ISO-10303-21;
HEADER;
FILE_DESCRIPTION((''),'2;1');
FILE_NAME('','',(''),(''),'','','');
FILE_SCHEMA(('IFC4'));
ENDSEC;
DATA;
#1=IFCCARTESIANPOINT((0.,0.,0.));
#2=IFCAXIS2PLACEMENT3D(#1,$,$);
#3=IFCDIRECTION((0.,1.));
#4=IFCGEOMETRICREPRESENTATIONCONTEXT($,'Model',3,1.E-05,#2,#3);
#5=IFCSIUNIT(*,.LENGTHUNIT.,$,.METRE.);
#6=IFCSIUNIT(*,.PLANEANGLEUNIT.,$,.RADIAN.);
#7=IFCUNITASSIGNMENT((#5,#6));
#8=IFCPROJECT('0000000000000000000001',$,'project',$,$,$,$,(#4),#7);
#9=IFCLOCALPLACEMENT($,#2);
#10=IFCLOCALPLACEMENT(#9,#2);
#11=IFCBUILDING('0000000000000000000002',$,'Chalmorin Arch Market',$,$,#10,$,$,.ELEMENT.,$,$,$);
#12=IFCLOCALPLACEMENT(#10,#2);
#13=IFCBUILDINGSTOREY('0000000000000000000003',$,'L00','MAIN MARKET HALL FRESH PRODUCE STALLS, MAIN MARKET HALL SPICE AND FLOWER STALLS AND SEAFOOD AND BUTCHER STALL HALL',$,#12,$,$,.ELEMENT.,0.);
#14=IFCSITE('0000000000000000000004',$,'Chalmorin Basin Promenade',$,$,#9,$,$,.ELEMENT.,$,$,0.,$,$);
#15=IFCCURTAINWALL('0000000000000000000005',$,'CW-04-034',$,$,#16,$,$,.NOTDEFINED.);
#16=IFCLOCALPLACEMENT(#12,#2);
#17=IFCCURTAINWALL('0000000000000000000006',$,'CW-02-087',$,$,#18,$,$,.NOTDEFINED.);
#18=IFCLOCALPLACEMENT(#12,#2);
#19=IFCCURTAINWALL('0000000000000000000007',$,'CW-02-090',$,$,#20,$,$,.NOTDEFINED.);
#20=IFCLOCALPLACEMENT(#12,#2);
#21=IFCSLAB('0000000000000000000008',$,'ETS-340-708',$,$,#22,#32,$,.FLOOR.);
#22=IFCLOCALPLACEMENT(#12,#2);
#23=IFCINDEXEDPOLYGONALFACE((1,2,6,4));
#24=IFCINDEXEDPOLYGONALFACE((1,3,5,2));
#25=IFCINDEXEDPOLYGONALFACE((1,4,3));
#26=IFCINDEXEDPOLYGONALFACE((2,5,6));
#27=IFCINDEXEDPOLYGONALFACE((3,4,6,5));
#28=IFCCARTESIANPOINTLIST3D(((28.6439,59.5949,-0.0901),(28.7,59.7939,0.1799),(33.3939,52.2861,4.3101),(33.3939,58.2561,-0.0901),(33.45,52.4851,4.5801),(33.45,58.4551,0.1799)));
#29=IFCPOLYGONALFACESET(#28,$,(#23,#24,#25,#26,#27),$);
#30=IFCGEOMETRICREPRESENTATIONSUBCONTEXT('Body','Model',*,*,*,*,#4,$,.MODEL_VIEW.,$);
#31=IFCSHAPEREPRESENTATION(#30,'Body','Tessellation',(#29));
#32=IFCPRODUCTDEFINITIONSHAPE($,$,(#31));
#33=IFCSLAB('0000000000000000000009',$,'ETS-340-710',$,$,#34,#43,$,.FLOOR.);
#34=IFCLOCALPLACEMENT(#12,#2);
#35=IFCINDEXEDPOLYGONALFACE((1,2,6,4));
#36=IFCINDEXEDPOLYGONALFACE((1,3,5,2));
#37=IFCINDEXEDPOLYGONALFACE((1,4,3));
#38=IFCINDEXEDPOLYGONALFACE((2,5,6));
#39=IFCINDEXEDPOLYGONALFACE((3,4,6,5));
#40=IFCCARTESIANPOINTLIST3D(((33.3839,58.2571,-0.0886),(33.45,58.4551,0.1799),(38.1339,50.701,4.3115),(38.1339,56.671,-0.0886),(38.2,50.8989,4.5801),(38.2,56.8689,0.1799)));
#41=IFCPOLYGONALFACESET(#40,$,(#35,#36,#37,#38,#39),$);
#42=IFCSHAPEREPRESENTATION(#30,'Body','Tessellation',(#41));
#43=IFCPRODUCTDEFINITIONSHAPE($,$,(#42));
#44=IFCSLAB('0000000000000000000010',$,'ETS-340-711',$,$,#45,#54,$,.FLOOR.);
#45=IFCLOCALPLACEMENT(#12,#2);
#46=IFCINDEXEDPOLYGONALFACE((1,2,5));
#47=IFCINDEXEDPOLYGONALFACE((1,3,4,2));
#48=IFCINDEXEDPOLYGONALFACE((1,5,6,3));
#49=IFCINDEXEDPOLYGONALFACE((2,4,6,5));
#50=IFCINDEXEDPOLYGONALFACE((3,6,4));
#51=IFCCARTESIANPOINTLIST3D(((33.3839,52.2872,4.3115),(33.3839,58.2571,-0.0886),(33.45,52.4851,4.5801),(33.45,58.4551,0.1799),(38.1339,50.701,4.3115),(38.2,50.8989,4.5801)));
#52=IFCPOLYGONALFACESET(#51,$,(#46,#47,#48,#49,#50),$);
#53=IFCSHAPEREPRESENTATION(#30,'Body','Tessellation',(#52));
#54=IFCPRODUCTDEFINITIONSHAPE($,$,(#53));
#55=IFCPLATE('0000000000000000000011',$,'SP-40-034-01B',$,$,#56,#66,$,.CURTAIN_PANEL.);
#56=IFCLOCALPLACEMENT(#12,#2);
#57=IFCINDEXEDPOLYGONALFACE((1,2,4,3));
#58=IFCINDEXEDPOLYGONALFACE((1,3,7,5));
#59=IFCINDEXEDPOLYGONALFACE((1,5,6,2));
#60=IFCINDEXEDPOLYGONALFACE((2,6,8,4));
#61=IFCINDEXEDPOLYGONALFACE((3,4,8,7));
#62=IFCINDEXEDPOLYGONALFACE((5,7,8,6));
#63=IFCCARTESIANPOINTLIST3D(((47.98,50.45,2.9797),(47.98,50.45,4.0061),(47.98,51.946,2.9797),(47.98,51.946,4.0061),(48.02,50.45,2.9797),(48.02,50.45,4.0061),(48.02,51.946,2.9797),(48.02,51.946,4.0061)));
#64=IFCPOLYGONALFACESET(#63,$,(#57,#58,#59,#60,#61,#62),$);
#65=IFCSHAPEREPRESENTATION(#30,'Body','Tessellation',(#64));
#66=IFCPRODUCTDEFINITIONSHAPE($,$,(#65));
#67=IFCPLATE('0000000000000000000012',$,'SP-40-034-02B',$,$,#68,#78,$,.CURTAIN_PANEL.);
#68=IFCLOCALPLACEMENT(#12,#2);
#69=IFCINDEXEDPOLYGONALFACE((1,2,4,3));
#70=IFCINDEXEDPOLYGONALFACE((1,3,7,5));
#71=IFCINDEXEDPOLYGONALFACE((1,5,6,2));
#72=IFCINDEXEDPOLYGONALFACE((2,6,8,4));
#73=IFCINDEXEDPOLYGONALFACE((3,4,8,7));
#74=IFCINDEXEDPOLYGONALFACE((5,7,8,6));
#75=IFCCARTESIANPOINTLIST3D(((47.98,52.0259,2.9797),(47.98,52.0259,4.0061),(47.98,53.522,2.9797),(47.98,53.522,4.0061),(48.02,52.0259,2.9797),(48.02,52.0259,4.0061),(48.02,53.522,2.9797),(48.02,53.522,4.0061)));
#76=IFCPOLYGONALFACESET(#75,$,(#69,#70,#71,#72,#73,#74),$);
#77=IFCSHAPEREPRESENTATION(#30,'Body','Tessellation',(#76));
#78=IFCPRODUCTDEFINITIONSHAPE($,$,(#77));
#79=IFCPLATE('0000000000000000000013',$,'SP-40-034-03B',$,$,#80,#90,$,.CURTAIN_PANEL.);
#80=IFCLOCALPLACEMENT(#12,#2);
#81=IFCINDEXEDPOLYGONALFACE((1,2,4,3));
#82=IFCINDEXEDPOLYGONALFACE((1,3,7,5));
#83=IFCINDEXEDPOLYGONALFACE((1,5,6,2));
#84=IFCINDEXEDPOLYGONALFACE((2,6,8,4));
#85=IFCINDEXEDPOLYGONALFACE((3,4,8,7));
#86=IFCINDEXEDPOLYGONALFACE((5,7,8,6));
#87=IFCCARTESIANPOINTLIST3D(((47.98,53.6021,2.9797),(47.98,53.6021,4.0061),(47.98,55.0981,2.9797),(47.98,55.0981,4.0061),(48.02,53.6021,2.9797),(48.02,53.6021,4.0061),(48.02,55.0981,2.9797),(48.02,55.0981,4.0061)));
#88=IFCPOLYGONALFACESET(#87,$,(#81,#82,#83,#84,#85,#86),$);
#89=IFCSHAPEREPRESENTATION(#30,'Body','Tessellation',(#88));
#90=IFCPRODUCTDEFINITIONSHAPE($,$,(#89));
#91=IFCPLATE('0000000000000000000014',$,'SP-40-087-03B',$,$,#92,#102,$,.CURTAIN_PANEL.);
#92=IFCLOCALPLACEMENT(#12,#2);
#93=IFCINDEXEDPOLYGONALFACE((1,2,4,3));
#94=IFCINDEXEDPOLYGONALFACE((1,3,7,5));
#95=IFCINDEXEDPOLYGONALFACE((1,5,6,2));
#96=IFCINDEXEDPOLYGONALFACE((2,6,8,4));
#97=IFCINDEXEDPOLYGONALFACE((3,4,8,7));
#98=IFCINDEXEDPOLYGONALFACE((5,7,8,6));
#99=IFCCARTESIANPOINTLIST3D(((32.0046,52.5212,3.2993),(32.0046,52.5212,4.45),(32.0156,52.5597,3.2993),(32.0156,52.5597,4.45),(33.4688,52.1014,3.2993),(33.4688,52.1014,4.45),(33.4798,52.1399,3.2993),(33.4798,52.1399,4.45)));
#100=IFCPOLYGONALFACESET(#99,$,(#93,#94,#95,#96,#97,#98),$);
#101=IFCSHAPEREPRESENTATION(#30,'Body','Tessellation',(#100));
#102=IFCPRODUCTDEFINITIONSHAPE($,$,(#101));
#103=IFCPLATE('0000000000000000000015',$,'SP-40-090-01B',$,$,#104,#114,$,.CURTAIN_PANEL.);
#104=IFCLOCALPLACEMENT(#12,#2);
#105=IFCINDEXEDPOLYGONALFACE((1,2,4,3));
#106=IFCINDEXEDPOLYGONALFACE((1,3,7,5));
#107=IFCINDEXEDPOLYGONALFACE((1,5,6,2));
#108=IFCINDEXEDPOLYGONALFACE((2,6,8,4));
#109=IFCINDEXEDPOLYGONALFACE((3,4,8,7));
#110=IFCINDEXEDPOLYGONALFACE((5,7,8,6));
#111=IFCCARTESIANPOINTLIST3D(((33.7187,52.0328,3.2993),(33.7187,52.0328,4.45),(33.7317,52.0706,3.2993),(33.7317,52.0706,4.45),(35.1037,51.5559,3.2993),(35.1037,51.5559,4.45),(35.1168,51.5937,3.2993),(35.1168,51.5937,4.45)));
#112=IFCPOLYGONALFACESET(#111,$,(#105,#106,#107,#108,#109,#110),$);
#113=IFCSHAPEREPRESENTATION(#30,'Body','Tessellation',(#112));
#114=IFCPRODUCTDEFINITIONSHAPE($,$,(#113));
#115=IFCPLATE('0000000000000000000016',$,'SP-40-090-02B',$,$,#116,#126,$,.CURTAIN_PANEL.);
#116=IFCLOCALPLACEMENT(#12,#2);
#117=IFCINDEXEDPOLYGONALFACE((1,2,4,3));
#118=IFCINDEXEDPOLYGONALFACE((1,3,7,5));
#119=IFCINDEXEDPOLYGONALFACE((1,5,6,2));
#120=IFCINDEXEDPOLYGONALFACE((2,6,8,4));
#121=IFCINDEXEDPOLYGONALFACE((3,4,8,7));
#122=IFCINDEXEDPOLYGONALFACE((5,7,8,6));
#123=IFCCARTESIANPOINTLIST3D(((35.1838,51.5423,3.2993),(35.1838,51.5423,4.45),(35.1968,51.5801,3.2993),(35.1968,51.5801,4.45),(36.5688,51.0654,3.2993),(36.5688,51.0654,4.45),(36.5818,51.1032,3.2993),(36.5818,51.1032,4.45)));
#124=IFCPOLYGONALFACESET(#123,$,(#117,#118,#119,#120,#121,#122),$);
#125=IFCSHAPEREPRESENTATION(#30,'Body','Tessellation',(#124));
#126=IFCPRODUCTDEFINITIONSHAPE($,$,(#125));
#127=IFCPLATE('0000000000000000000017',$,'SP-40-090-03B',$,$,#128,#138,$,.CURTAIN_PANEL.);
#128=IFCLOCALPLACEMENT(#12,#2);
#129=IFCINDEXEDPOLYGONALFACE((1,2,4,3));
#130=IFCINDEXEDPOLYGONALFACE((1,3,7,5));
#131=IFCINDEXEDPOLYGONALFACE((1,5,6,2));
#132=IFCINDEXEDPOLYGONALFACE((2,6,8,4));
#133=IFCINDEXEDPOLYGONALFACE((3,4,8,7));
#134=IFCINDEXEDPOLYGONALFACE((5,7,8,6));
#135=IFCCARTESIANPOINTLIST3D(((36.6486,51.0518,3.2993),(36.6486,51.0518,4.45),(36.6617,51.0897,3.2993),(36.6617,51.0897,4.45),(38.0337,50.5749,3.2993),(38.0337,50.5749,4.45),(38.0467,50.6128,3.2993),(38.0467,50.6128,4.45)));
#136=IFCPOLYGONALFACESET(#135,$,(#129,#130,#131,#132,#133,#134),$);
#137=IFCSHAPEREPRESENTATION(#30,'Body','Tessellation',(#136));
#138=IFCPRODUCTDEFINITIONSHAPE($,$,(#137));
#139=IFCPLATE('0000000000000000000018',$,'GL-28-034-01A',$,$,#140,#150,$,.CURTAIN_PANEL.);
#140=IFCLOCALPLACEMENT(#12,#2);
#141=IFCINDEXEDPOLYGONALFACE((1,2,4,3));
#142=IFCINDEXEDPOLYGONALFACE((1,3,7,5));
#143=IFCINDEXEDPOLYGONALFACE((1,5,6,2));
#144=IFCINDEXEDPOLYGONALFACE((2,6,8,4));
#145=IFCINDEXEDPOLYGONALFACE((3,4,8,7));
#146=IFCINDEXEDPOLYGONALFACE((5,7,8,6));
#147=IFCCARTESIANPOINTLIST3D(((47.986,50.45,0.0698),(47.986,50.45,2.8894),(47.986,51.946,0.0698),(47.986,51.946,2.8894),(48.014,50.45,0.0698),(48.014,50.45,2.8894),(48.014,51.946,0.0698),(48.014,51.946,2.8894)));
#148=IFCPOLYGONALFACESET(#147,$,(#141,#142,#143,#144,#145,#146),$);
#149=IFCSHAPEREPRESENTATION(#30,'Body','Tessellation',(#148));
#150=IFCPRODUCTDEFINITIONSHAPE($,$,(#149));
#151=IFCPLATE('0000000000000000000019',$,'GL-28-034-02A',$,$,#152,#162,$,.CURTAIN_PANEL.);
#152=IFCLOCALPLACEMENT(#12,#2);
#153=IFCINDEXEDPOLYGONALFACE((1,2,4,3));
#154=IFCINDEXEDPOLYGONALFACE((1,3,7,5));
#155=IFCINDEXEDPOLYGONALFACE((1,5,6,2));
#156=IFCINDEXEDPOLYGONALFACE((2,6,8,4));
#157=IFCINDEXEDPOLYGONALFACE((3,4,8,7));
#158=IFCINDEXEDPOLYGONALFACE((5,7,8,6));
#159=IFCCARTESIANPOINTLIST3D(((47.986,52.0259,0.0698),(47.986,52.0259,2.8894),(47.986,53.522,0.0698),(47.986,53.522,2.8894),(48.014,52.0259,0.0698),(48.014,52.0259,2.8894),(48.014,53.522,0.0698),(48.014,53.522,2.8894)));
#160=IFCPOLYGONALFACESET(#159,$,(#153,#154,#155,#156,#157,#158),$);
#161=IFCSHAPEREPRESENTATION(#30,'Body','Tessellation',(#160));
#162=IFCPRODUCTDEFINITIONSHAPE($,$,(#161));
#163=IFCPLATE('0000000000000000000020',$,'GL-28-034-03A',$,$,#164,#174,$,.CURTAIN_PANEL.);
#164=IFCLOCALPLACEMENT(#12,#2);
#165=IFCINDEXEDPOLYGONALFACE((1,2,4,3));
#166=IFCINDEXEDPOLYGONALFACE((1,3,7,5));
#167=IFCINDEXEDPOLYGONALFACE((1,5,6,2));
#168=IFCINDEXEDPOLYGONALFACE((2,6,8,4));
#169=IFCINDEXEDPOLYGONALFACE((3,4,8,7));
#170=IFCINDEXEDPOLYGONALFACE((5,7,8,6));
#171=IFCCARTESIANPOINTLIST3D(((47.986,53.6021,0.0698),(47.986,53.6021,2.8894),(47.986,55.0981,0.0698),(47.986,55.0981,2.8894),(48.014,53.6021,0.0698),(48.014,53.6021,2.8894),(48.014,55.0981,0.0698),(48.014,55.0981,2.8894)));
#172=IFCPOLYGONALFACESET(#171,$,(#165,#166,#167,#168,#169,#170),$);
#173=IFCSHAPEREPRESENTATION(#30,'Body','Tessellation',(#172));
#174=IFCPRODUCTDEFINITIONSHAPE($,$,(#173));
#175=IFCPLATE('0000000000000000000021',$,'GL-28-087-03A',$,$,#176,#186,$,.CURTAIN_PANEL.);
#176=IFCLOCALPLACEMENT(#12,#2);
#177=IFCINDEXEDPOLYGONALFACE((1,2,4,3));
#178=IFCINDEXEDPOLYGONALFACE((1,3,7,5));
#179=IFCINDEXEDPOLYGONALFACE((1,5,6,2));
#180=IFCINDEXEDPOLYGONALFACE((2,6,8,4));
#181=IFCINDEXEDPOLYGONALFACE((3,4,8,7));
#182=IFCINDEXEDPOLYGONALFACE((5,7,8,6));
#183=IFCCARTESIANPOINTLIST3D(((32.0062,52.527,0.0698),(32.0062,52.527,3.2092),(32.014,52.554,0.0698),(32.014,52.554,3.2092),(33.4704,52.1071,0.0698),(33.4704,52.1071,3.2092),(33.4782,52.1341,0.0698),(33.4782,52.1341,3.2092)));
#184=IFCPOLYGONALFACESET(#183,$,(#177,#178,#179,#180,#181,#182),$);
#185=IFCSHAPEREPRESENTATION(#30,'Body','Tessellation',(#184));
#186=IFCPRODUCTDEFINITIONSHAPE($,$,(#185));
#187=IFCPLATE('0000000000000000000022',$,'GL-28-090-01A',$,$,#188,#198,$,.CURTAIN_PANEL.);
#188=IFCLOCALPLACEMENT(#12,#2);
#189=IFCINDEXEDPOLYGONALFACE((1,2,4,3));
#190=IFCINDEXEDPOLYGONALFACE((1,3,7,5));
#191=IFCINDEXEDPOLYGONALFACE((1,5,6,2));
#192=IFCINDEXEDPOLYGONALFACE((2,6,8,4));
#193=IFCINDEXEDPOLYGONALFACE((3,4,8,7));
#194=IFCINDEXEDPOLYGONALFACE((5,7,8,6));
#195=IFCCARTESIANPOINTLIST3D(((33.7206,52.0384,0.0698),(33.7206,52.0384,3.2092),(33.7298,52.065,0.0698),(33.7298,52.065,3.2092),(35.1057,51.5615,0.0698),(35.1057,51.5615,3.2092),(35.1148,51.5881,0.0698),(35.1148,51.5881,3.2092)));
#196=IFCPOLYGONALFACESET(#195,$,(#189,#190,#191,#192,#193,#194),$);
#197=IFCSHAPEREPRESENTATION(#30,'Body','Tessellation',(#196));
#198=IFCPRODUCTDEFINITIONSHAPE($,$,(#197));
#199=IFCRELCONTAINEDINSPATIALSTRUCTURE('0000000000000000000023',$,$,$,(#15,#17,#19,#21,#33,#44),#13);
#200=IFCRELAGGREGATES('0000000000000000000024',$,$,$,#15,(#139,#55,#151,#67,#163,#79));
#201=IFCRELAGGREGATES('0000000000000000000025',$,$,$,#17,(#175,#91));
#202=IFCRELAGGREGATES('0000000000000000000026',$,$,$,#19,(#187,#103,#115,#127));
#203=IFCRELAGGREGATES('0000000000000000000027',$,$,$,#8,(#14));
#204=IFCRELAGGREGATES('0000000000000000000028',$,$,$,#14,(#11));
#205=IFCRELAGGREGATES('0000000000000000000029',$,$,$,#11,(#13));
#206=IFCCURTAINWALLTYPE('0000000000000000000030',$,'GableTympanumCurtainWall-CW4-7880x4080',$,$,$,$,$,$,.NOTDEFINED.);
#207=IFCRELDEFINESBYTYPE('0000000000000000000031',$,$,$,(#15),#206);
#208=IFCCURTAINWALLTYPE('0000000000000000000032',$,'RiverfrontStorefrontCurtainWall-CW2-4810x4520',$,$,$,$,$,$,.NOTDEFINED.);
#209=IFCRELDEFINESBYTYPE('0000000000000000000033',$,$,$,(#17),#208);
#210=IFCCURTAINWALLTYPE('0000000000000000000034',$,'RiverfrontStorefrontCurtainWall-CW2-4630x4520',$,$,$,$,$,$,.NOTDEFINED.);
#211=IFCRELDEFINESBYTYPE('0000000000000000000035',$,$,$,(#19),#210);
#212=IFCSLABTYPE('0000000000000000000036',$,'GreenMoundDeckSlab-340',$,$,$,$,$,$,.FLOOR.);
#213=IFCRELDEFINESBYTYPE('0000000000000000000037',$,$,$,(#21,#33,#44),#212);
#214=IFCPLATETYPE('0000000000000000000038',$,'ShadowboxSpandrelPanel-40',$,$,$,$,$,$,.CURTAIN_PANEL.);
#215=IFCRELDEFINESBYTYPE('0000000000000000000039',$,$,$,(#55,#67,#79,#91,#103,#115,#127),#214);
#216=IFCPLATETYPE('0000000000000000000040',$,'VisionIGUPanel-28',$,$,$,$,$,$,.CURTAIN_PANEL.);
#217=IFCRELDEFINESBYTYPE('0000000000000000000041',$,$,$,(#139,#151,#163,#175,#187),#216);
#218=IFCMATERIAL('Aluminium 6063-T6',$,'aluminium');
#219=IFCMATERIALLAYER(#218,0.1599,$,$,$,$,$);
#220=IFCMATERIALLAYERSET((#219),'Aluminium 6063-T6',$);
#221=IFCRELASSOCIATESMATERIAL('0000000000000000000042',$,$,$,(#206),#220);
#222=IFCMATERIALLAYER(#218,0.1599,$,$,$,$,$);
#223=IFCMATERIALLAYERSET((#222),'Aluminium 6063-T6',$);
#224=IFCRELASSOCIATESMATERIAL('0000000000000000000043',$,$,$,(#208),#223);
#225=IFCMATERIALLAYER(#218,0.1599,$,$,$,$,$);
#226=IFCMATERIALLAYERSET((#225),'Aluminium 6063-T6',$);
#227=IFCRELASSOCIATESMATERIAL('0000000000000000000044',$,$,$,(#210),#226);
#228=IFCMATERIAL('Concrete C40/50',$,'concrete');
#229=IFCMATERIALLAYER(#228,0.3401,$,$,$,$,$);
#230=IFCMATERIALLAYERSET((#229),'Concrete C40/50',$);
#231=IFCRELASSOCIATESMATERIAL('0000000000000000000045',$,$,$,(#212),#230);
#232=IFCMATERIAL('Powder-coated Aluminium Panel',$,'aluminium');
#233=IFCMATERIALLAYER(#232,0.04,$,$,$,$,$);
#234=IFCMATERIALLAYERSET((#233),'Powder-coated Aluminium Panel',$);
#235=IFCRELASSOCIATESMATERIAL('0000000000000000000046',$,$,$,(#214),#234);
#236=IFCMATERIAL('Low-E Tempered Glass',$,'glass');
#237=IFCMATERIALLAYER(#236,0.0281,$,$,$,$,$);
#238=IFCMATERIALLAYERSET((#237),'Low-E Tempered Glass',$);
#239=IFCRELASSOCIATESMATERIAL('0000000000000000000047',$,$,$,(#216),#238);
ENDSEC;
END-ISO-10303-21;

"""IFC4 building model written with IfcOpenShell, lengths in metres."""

from ifc_helpers import new_model, si_unit, direction, frame, origin, origin_2d, place, context, subcontext, project, spatial, polyline, rectangle, outline, extrude, material, layer, layer_set, type_object, element, aggregate, save


model = new_model("IFC4")

# Units and contexts
model_context = context("Model", 3, precision=1e-05, world=origin(), true_north=direction((0.0, 1.0)))
body_context = subcontext(model_context, "Body", "Model", "MODEL_VIEW")
ifc_project = project(units=[si_unit("LENGTHUNIT", "METRE"), si_unit("PLANEANGLEUNIT", "RADIAN")], contexts=[model_context])

# Site, building, storey
site_placement = place(None, origin())
site = spatial("IfcSite", under=ifc_project, at=site_placement, Name="Chalmorin Basin Promenade", CompositionType="ELEMENT", RefElevation=0.0)
building_placement = place(site_placement, origin())
building = spatial("IfcBuilding", under=site, at=building_placement, Name="Chalmorin Arch Market", CompositionType="ELEMENT")
storey_placement = place(building_placement, origin())
storey = spatial("IfcBuildingStorey", under=building, at=storey_placement, Name="L00", Description="MAIN MARKET HALL FRESH PRODUCE STALLS, MAIN MARKET HALL SPICE AND FLOWER STALLS AND SEAFOOD AND BUTCHER STALL HALL", CompositionType="ELEMENT", Elevation=0.0)

# Shared definitions
ifc_material_1 = material(Name="Concrete C40/50", Category="concrete")

# Curtain wall
ifc_material_2 = material(Name="Aluminium 6063-T6", Category="aluminium")
ifc_layer_1 = layer(ifc_material_2, 0.1599)
ifc_layer_set_1 = layer_set([ifc_layer_1], Name="Aluminium 6063-T6")
curtain_wall_type_1 = type_object("IfcCurtainWallType", Name="GableTympanumCurtainWall-CW4-7880x4080", PredefinedType="NOTDEFINED", material=ifc_layer_set_1)
curtain_wall_1_placement = place(storey_placement, origin())
curtain_wall_1 = element("IfcCurtainWall", 1, at=curtain_wall_1_placement, inside=storey, type_object=curtain_wall_type_1, Name="CW-04-034", PredefinedType="NOTDEFINED")

# Curtain wall
ifc_layer_2 = layer(ifc_material_2, 0.1599)
ifc_layer_set_2 = layer_set([ifc_layer_2], Name="Aluminium 6063-T6")
curtain_wall_type_2 = type_object("IfcCurtainWallType", Name="RiverfrontStorefrontCurtainWall-CW2-4810x4520", PredefinedType="NOTDEFINED", material=ifc_layer_set_2)
curtain_wall_2_placement = place(storey_placement, origin())
curtain_wall_2 = element("IfcCurtainWall", 2, at=curtain_wall_2_placement, inside=storey, type_object=curtain_wall_type_2, Name="CW-02-087", PredefinedType="NOTDEFINED")

# Curtain wall
ifc_layer_3 = layer(ifc_material_2, 0.1599)
ifc_layer_set_3 = layer_set([ifc_layer_3], Name="Aluminium 6063-T6")
curtain_wall_type_3 = type_object("IfcCurtainWallType", Name="RiverfrontStorefrontCurtainWall-CW2-4630x4520", PredefinedType="NOTDEFINED", material=ifc_layer_set_3)
curtain_wall_3_placement = place(storey_placement, origin())
curtain_wall_3 = element("IfcCurtainWall", 3, at=curtain_wall_3_placement, inside=storey, type_object=curtain_wall_type_3, Name="CW-02-090", PredefinedType="NOTDEFINED")

# Slabs
ifc_layer_4 = layer(ifc_material_1, 0.3401)
ifc_layer_set_4 = layer_set([ifc_layer_4], Name="Concrete C40/50")
slab_type = type_object("IfcSlabType", Name="GreenMoundDeckSlab-340", PredefinedType="FLOOR", material=ifc_layer_set_4)
slab_1_placement = place(storey_placement, frame((33.45, 52.4851, 4.5801), z_axis=(0.164943, 0.585179, 0.793952), x_axis=(0.0, 0.804977, -0.593306)))
element("IfcSlab", 4, at=slab_1_placement, inside=storey, type_object=slab_type, Name="ETS-340-708", PredefinedType="FLOOR", context=body_context, shape_type="SweptSolid", body=[
    extrude(outline(polyline([(0.0, 0.0), (7.4163, 0.0), (8.4941, 4.816), (0.0, 0.0)])), origin(), (0.0, 0.0, -1.0), 0.3401),
])
slab_2_placement = place(storey_placement, frame((38.2, 50.8989, 4.5801), z_axis=(0.194347, 0.581993, 0.789629), x_axis=(0.0, 0.804977, -0.593306)))
element("IfcSlab", 5, at=slab_2_placement, inside=storey, type_object=slab_type, Name="ETS-340-710", PredefinedType="FLOOR", context=body_context, shape_type="SweptSolid", body=[
    extrude(outline(polyline([(0.0, 0.0), (7.4163, 0.0), (8.6932, 4.8423), (0.0, 0.0)])), origin(), (0.0, 0.0, -1.0), 0.3401),
])
slab_3_placement = place(storey_placement, frame((33.45, 52.4851, 4.5801), z_axis=(0.194347, 0.581993, 0.789629), x_axis=(0.948513, -0.31674, 0.0)))
element("IfcSlab", 6, at=slab_3_placement, inside=storey, type_object=slab_type, Name="ETS-340-711", PredefinedType="FLOOR", context=body_context, shape_type="SweptSolid", body=[
    extrude(outline(polyline([(0.0, 0.0), (5.0078, 0.0), (-1.8909, 7.1712), (0.0, 0.0)])), origin(), (0.0, 0.0, -1.0), 0.3401),
])

# Plates
ifc_material_3 = material(Name="Powder-coated Aluminium Panel", Category="aluminium")
ifc_layer_5 = layer(ifc_material_3, 0.04)
ifc_layer_set_5 = layer_set([ifc_layer_5], Name="Powder-coated Aluminium Panel")
plate_type_1 = type_object("IfcPlateType", Name="ShadowboxSpandrelPanel-40", PredefinedType="CURTAIN_PANEL", material=ifc_layer_set_5)
plate_1_placement = place(storey_placement, frame((48.0, 51.198, 2.9797), z_axis=(0.0, 0.0, 1.0), x_axis=(0.0, 1.0, 0.0)))
plate_1 = element("IfcPlate", 7, at=plate_1_placement, type_object=plate_type_1, Name="SP-40-034-01B", PredefinedType="CURTAIN_PANEL", context=body_context, shape_type="SweptSolid", body=[
    extrude(rectangle(XDim=1.4961, YDim=0.04, at=origin_2d()), origin(), (0.0, 0.0, 1.0), 1.0264),
])
plate_2_placement = place(storey_placement, frame((48.0, 52.7739, 2.9797), z_axis=(0.0, 0.0, 1.0), x_axis=(0.0, 1.0, 0.0)))
plate_2 = element("IfcPlate", 8, at=plate_2_placement, type_object=plate_type_1, Name="SP-40-034-02B", PredefinedType="CURTAIN_PANEL", context=body_context, shape_type="SweptSolid", body=[
    extrude(rectangle(XDim=1.4961, YDim=0.04, at=origin_2d()), origin(), (0.0, 0.0, 1.0), 1.0264),
])
plate_3_placement = place(storey_placement, frame((48.0, 54.3501, 2.9797), z_axis=(0.0, 0.0, 1.0), x_axis=(0.0, 1.0, 0.0)))
plate_3 = element("IfcPlate", 9, at=plate_3_placement, type_object=plate_type_1, Name="SP-40-034-03B", PredefinedType="CURTAIN_PANEL", context=body_context, shape_type="SweptSolid", body=[
    extrude(rectangle(XDim=1.4961, YDim=0.04, at=origin_2d()), origin(), (0.0, 0.0, 1.0), 1.0264),
])
plate_4_placement = place(storey_placement, frame((32.7422, 52.3306, 3.2993), z_axis=(0.0, 0.0, 1.0), x_axis=(0.961262, -0.275637, 0.0)))
plate_4 = element("IfcPlate", 10, at=plate_4_placement, type_object=plate_type_1, Name="SP-40-087-03B", PredefinedType="CURTAIN_PANEL", context=body_context, shape_type="SweptSolid", body=[
    extrude(rectangle(XDim=1.5232, YDim=0.04, at=origin_2d()), origin(), (0.0, 0.0, 1.0), 1.1506),
])
plate_5_placement = place(storey_placement, frame((34.4177, 51.8132, 3.2993), z_axis=(0.0, 0.0, 1.0), x_axis=(0.945519, -0.325568, 0.0)))
plate_5 = element("IfcPlate", 11, at=plate_5_placement, type_object=plate_type_1, Name="SP-40-090-01B", PredefinedType="CURTAIN_PANEL", context=body_context, shape_type="SweptSolid", body=[
    extrude(rectangle(XDim=1.4648, YDim=0.04, at=origin_2d()), origin(), (0.0, 0.0, 1.0), 1.1506),
])
plate_6_placement = place(storey_placement, frame((35.8828, 51.3228, 3.2993), z_axis=(0.0, 0.0, 1.0), x_axis=(0.945519, -0.325568, 0.0)))
plate_6 = element("IfcPlate", 12, at=plate_6_placement, type_object=plate_type_1, Name="SP-40-090-02B", PredefinedType="CURTAIN_PANEL", context=body_context, shape_type="SweptSolid", body=[
    extrude(rectangle(XDim=1.4648, YDim=0.04, at=origin_2d()), origin(), (0.0, 0.0, 1.0), 1.1506),
])
plate_7_placement = place(storey_placement, frame((37.3477, 50.8323, 3.2993), z_axis=(0.0, 0.0, 1.0), x_axis=(0.945519, -0.325568, 0.0)))
plate_7 = element("IfcPlate", 13, at=plate_7_placement, type_object=plate_type_1, Name="SP-40-090-03B", PredefinedType="CURTAIN_PANEL", context=body_context, shape_type="SweptSolid", body=[
    extrude(rectangle(XDim=1.4648, YDim=0.04, at=origin_2d()), origin(), (0.0, 0.0, 1.0), 1.1506),
])
ifc_material_4 = material(Name="Low-E Tempered Glass", Category="glass")
ifc_layer_6 = layer(ifc_material_4, 0.0281)
ifc_layer_set_6 = layer_set([ifc_layer_6], Name="Low-E Tempered Glass")
plate_type_2 = type_object("IfcPlateType", Name="VisionIGUPanel-28", PredefinedType="CURTAIN_PANEL", material=ifc_layer_set_6)
plate_8_placement = place(storey_placement, frame((48.0, 51.198, 0.0698), z_axis=(0.0, 0.0, 1.0), x_axis=(0.0, 1.0, 0.0)))
plate_8 = element("IfcPlate", 14, at=plate_8_placement, type_object=plate_type_2, Name="GL-28-034-01A", PredefinedType="CURTAIN_PANEL", context=body_context, shape_type="SweptSolid", body=[
    extrude(rectangle(XDim=1.4961, YDim=0.0281, at=origin_2d()), origin(), (0.0, 0.0, 1.0), 2.8196),
])
plate_9_placement = place(storey_placement, frame((48.0, 52.7739, 0.0698), z_axis=(0.0, 0.0, 1.0), x_axis=(0.0, 1.0, 0.0)))
plate_9 = element("IfcPlate", 15, at=plate_9_placement, type_object=plate_type_2, Name="GL-28-034-02A", PredefinedType="CURTAIN_PANEL", context=body_context, shape_type="SweptSolid", body=[
    extrude(rectangle(XDim=1.4961, YDim=0.0281, at=origin_2d()), origin(), (0.0, 0.0, 1.0), 2.8196),
])
plate_10_placement = place(storey_placement, frame((48.0, 54.3501, 0.0698), z_axis=(0.0, 0.0, 1.0), x_axis=(0.0, 1.0, 0.0)))
plate_10 = element("IfcPlate", 16, at=plate_10_placement, type_object=plate_type_2, Name="GL-28-034-03A", PredefinedType="CURTAIN_PANEL", context=body_context, shape_type="SweptSolid", body=[
    extrude(rectangle(XDim=1.4961, YDim=0.0281, at=origin_2d()), origin(), (0.0, 0.0, 1.0), 2.8196),
])
aggregate(curtain_wall_1, [plate_8, plate_1, plate_9, plate_2, plate_10, plate_3])
plate_11_placement = place(storey_placement, frame((32.7422, 52.3306, 0.0698), z_axis=(0.0, 0.0, 1.0), x_axis=(0.961262, -0.275637, 0.0)))
plate_11 = element("IfcPlate", 17, at=plate_11_placement, type_object=plate_type_2, Name="GL-28-087-03A", PredefinedType="CURTAIN_PANEL", context=body_context, shape_type="SweptSolid", body=[
    extrude(rectangle(XDim=1.5232, YDim=0.0281, at=origin_2d()), origin(), (0.0, 0.0, 1.0), 3.1394),
])
aggregate(curtain_wall_2, [plate_11, plate_4])
plate_12_placement = place(storey_placement, frame((34.4177, 51.8132, 0.0698), z_axis=(0.0, 0.0, 1.0), x_axis=(0.945519, -0.325568, 0.0)))
plate_12 = element("IfcPlate", 18, at=plate_12_placement, type_object=plate_type_2, Name="GL-28-090-01A", PredefinedType="CURTAIN_PANEL", context=body_context, shape_type="SweptSolid", body=[
    extrude(rectangle(XDim=1.4648, YDim=0.0281, at=origin_2d()), origin(), (0.0, 0.0, 1.0), 3.1394),
])
aggregate(curtain_wall_3, [plate_12, plate_5, plate_6, plate_7])

save(model, "model.ifc")
